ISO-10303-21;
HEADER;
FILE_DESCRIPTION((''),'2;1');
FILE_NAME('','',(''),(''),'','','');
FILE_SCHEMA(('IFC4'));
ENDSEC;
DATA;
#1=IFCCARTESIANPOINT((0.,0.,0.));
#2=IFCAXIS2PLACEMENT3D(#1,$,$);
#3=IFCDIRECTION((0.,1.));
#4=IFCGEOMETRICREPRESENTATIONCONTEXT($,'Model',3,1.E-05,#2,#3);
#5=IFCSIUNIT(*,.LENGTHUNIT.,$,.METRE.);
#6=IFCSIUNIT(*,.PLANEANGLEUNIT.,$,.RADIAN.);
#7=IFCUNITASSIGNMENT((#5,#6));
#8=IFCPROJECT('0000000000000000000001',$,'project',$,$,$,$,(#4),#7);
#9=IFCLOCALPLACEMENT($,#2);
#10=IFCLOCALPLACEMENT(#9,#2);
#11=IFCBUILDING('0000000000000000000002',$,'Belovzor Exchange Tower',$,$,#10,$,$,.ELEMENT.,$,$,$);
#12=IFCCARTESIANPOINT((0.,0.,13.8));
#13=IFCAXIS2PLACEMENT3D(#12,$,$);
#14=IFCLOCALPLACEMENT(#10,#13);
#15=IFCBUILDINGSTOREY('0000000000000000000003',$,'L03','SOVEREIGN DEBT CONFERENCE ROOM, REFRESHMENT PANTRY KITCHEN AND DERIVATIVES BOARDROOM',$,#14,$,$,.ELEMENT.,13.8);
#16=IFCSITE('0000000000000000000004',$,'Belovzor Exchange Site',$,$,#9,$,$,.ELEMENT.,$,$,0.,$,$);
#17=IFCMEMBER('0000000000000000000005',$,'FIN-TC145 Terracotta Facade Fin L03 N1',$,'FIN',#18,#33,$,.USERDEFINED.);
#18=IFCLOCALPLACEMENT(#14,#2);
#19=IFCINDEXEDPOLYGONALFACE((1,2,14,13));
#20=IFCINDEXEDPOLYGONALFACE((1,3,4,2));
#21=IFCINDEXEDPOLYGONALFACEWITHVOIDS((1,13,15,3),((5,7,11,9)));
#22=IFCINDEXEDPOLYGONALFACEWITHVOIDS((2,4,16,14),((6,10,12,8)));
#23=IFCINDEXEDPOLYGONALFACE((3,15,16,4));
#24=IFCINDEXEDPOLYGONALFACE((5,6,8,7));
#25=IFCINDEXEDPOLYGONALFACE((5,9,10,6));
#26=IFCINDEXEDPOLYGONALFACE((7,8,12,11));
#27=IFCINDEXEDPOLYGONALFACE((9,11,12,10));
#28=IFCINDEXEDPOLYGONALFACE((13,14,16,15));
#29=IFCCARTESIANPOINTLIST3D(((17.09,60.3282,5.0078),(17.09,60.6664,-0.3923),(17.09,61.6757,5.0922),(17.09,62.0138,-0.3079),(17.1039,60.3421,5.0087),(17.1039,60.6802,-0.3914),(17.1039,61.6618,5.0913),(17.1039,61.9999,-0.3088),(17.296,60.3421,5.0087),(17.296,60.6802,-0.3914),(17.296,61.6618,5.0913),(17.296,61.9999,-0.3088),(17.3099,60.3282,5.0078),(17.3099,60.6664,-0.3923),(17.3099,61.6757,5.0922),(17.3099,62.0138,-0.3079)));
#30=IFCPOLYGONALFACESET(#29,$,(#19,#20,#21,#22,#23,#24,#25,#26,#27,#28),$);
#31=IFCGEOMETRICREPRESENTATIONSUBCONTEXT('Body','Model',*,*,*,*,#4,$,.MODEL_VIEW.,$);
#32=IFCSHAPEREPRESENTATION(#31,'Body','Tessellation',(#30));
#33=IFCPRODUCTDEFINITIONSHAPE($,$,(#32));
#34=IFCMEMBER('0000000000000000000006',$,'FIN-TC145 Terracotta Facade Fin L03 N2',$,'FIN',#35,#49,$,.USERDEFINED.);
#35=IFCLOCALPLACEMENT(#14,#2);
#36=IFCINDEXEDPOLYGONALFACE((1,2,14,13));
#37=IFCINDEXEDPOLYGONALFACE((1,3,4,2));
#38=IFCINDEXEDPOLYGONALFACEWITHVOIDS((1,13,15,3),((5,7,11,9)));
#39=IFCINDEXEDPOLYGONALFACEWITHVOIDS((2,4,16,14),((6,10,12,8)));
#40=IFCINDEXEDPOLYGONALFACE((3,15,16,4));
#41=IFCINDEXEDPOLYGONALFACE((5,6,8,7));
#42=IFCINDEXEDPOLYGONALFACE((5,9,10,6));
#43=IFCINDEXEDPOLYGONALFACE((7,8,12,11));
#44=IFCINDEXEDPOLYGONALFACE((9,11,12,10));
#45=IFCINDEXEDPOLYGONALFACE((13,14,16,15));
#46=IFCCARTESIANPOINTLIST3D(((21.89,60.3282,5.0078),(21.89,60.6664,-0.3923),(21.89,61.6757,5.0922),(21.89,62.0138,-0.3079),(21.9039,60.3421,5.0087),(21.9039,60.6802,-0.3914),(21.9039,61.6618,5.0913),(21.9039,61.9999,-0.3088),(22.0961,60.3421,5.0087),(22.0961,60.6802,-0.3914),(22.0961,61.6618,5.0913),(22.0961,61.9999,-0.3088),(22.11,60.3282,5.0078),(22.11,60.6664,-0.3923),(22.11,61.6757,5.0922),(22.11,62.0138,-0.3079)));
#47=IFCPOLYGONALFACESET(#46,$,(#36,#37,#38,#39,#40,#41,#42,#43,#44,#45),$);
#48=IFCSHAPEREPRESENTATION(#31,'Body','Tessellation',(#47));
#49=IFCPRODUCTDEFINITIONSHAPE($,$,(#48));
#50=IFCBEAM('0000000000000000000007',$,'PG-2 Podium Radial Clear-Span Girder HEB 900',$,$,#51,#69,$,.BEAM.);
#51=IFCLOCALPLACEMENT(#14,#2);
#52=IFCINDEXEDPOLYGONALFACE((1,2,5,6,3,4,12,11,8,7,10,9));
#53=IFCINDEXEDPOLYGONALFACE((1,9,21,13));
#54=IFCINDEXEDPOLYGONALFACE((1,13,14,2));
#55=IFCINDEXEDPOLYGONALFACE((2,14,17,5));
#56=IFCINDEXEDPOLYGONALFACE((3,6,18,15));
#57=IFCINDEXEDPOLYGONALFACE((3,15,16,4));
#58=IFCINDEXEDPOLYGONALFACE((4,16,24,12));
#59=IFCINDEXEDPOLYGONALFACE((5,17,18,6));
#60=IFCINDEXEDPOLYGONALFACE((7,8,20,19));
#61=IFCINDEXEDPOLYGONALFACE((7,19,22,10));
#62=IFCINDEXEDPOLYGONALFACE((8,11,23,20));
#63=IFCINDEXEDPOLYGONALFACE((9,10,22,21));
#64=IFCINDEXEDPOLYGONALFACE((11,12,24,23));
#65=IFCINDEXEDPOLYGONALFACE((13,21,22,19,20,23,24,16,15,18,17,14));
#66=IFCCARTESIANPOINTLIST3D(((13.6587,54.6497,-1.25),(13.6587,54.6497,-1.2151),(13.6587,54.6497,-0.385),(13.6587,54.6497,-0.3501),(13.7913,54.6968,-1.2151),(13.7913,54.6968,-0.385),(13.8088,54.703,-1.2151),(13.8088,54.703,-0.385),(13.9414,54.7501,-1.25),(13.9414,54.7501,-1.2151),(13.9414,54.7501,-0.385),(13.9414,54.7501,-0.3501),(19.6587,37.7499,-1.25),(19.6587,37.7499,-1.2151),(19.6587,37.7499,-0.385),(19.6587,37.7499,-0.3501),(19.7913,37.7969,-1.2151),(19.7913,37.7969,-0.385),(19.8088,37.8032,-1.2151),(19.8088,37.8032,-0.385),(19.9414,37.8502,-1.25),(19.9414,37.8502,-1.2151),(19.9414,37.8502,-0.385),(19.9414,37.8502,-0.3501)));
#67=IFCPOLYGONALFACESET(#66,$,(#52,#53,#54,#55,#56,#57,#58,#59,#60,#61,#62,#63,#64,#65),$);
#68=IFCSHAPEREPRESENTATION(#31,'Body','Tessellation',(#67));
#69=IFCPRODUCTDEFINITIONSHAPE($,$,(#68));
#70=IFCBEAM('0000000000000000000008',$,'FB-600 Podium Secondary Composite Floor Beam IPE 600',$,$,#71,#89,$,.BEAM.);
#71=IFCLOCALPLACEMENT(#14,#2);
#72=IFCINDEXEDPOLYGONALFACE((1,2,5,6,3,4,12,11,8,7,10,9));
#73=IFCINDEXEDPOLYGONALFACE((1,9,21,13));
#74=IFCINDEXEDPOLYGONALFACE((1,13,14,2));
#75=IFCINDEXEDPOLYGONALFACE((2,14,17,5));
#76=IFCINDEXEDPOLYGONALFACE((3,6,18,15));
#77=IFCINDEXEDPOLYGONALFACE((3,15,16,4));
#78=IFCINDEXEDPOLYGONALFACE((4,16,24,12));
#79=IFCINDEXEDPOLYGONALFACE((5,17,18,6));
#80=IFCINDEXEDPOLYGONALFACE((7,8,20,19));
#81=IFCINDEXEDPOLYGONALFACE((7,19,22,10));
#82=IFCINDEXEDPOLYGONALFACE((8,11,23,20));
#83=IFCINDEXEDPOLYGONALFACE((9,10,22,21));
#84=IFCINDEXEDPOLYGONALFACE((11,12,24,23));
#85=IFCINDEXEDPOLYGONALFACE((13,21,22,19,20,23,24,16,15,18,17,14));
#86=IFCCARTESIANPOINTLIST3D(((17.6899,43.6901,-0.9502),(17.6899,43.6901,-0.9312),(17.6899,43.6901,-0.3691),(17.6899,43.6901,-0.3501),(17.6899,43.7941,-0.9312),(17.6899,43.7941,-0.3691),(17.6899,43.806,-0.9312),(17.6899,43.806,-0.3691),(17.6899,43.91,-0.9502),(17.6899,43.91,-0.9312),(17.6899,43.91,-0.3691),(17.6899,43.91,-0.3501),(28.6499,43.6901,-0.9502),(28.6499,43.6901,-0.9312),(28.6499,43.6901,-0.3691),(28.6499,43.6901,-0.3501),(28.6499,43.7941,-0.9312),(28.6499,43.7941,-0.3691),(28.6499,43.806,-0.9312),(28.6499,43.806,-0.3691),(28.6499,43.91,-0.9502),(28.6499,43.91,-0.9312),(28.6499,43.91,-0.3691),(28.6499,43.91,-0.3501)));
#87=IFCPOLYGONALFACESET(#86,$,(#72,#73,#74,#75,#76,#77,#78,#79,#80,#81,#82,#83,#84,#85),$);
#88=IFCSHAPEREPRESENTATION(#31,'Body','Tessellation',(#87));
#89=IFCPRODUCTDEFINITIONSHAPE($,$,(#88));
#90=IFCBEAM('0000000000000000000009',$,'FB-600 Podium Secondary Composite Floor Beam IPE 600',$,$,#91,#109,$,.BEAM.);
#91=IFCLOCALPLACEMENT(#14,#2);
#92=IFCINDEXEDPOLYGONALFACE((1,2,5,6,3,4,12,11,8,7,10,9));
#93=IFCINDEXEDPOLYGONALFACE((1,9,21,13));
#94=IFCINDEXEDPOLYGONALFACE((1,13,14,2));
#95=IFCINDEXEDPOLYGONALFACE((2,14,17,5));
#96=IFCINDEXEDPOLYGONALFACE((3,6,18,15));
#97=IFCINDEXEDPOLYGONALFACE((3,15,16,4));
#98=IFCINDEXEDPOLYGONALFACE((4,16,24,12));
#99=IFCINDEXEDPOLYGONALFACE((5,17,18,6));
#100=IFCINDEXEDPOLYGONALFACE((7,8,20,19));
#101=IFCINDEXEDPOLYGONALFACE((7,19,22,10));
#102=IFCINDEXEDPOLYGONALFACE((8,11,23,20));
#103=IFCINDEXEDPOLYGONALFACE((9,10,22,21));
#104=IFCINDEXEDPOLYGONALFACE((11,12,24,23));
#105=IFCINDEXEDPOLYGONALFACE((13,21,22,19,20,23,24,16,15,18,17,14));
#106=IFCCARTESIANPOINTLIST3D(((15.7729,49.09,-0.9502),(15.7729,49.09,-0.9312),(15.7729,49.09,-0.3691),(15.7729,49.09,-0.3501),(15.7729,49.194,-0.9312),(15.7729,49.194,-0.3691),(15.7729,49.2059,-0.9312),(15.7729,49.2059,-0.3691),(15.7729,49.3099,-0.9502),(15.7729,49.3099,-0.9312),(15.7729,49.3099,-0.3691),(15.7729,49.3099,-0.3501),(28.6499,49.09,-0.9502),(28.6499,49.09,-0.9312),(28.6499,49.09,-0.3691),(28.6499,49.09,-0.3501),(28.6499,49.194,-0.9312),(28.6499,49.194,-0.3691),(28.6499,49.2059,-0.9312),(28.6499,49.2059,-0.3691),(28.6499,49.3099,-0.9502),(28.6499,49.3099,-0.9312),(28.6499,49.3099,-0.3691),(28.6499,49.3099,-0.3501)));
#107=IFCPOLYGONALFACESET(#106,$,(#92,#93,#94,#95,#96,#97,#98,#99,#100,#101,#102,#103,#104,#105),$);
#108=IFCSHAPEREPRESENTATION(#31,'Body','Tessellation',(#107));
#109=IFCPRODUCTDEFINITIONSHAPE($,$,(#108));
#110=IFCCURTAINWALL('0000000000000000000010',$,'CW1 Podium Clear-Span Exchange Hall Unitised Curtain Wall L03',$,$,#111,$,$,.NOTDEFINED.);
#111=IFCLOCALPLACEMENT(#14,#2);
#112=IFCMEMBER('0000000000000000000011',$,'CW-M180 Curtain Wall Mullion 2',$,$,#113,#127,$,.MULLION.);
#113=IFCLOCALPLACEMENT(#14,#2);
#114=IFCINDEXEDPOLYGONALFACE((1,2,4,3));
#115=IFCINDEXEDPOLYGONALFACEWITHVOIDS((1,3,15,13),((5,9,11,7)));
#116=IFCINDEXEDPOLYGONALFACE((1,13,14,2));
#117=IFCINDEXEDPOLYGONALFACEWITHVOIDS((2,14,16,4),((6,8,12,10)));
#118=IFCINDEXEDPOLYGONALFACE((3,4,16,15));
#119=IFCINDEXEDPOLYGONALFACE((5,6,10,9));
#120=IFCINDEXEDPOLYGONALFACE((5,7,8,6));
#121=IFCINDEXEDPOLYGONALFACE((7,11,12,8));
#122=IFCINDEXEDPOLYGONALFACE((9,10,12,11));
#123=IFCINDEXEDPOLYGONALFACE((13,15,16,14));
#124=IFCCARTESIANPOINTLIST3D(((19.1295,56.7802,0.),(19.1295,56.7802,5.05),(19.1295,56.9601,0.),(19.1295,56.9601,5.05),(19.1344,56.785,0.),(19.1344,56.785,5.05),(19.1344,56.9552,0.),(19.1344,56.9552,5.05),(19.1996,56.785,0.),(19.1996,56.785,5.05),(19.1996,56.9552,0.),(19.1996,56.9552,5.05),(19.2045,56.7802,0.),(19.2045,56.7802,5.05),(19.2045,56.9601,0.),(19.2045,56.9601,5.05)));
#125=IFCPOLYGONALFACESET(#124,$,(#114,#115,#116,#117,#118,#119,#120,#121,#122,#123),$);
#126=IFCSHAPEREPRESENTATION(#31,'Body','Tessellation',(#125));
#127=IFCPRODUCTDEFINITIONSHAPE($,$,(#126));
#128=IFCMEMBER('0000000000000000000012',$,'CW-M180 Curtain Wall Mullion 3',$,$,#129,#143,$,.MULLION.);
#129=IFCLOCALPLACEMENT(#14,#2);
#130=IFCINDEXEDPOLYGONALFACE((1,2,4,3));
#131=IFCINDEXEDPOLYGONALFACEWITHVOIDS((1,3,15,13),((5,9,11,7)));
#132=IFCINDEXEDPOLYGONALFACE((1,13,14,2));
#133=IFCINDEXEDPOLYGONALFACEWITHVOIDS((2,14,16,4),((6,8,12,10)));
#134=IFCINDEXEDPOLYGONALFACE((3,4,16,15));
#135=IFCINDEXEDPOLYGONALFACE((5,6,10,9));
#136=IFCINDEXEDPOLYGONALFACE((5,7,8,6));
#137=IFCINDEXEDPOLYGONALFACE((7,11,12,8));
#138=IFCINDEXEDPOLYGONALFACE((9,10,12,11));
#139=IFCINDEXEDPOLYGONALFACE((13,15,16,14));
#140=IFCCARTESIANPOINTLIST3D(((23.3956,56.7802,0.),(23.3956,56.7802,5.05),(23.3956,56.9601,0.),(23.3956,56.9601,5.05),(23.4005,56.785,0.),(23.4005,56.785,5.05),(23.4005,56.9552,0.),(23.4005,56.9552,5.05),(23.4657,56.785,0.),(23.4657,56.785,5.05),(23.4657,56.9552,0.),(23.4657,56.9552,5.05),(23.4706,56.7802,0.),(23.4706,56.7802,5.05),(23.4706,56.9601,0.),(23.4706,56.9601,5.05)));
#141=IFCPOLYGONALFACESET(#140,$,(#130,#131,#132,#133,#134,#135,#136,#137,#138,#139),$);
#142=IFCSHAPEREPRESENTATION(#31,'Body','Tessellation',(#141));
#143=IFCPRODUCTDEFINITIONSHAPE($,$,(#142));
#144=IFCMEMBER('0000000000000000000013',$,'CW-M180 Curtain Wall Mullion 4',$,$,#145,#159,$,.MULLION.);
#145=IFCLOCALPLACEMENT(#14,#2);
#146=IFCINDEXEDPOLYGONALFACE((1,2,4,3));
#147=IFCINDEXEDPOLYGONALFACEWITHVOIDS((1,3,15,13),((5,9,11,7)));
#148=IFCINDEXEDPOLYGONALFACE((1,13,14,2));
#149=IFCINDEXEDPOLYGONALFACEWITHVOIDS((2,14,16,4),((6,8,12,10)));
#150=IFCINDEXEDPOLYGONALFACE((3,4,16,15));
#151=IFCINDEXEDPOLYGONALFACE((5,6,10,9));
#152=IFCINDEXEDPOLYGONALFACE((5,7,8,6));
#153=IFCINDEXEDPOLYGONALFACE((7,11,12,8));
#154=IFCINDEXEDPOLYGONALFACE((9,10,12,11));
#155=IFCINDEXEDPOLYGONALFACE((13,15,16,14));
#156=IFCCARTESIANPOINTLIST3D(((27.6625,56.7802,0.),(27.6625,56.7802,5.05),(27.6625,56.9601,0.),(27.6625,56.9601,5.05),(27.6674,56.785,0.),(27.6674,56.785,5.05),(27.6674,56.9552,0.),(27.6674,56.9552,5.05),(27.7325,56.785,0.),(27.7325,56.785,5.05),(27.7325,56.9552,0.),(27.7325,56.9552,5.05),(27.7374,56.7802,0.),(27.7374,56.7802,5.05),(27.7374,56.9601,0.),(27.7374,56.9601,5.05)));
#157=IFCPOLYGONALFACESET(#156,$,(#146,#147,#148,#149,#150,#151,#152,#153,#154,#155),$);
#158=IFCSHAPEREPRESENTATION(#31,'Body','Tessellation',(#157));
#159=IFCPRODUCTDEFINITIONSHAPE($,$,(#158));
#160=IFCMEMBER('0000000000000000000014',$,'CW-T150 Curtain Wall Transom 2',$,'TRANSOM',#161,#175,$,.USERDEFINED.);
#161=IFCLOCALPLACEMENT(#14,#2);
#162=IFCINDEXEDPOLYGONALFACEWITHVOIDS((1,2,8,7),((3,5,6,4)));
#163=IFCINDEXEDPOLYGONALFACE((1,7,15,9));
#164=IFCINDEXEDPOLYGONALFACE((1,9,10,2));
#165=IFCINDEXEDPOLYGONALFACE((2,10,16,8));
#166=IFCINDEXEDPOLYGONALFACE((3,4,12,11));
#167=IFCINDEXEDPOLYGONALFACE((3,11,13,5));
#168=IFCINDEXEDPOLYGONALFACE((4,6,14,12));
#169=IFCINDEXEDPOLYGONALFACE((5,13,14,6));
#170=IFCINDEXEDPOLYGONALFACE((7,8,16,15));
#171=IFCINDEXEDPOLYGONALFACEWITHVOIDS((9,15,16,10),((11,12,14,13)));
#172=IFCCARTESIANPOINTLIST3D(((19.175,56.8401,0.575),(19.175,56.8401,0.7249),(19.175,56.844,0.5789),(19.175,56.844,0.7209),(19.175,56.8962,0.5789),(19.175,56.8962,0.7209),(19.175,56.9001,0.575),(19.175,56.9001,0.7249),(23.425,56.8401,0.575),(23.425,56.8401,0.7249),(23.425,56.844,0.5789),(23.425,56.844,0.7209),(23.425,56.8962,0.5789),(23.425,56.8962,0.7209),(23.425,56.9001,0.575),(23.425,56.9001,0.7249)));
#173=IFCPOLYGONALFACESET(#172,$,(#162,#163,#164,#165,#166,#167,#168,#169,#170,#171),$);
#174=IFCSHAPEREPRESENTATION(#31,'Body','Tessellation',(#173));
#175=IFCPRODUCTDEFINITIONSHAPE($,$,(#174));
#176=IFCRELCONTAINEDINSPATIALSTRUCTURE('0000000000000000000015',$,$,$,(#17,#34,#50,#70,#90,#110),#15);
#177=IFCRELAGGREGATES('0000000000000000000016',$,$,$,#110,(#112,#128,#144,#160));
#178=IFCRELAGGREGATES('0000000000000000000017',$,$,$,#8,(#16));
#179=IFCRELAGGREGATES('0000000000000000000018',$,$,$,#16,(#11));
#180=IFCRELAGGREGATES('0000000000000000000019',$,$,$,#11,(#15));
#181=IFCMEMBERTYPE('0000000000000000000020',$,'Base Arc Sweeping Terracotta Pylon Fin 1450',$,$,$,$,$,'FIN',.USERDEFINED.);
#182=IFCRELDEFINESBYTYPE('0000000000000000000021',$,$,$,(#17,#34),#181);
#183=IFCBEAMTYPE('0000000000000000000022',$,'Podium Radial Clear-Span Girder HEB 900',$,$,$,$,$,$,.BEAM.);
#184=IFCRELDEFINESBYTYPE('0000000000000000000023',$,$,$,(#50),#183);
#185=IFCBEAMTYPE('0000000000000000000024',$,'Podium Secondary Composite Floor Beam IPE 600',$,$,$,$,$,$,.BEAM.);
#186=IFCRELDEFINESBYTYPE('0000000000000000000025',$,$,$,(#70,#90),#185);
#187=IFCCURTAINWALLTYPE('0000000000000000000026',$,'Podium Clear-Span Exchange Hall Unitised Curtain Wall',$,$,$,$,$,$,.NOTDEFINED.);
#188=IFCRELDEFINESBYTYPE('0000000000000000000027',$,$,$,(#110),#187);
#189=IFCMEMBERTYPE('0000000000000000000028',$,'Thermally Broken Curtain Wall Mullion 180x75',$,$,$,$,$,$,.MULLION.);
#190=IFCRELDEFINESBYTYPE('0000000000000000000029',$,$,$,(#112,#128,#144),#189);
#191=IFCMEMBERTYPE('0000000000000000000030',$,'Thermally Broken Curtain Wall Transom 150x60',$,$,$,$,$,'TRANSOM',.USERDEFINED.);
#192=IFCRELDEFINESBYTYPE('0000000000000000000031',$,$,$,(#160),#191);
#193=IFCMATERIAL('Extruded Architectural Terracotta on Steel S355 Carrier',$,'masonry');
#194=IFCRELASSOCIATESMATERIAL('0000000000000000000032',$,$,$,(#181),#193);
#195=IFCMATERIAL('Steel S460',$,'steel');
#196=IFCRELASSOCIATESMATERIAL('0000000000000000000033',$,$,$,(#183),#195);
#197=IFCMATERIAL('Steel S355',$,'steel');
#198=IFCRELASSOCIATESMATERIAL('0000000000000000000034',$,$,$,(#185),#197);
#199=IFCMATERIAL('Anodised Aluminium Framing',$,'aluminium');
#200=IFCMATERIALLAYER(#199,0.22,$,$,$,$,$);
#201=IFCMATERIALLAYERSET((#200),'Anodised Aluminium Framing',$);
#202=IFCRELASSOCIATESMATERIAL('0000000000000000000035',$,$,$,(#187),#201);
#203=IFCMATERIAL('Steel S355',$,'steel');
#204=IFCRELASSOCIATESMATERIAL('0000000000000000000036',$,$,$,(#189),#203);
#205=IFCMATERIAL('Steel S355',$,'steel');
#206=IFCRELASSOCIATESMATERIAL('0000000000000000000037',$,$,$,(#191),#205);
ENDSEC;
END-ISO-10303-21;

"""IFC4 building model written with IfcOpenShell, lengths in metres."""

from ifc_helpers import new_model, si_unit, direction, frame, origin, origin_2d, place, context, subcontext, project, spatial, hollow_rectangle, i_section, extrude, material, layer, layer_set, material_profile, profile_set, type_object, element, aggregate, save


model = new_model("IFC4")

# Units and contexts
model_context = context("Model", 3, precision=1e-05, world=origin(), true_north=direction((0.0, 1.0)))
body_context = subcontext(model_context, "Body", "Model", "MODEL_VIEW")
ifc_project = project(units=[si_unit("LENGTHUNIT", "METRE"), si_unit("PLANEANGLEUNIT", "RADIAN")], contexts=[model_context])

# Site, building, storey
site_placement = place(None, origin())
site = spatial("IfcSite", under=ifc_project, at=site_placement, Name="Belovzor Exchange Site", CompositionType="ELEMENT", RefElevation=0.0)
building_placement = place(site_placement, origin())
building = spatial("IfcBuilding", under=site, at=building_placement, Name="Belovzor Exchange Tower", CompositionType="ELEMENT")
storey_placement = place(building_placement, frame((0.0, 0.0, 13.8)))
storey = spatial("IfcBuildingStorey", under=building, at=storey_placement, Name="L03", Description="SOVEREIGN DEBT CONFERENCE ROOM, REFRESHMENT PANTRY KITCHEN AND DERIVATIVES BOARDROOM", CompositionType="ELEMENT", Elevation=13.8)

# Members
ifc_material_1 = material(Name="Extruded Architectural Terracotta on Steel S355 Carrier", Category="masonry")
ifc_material_profile_1 = material_profile(ifc_material_1, hollow_rectangle(XDim=0.22, YDim=1.3501, WallThickness=0.0139, at=origin_2d()))
ifc_profile_set_1 = profile_set([ifc_material_profile_1], Name="Extruded Architectural Terracotta on Steel S355 Carrier")
member_type_1 = type_object("IfcMemberType", Name="Base Arc Sweeping Terracotta Pylon Fin 1450", ElementType="FIN", PredefinedType="USERDEFINED", material=ifc_profile_set_1)
for number, where, z_axis, x_axis, name in (
    (1, (17.2, 61.3401, -0.3501), (0.0, -0.062493, 0.998045), (1.0, 0.0, 0.0), "FIN-TC145 Terracotta Facade Fin L03 N1"),
    (2, (22.0, 61.3401, -0.3501), (0.0, -0.062493, 0.998045), (1.0, 0.0, 0.0), "FIN-TC145 Terracotta Facade Fin L03 N2"),
):
    element("IfcMember", number, at=place(storey_placement, frame(where, z_axis=z_axis, x_axis=x_axis)), inside=storey, type_object=member_type_1, Name=name, ObjectType="FIN", PredefinedType="USERDEFINED", context=body_context, shape_type="SweptSolid", body=[
        extrude(hollow_rectangle(XDim=0.22, YDim=1.3501, WallThickness=0.0139, at=origin_2d()), origin(), (0.0, 0.0, 1.0), 5.4106),
    ])

# Beams
ifc_material_2 = material(Name="Steel S460", Category="steel")
ifc_material_profile_2 = material_profile(ifc_material_2, i_section(OverallWidth=0.3, OverallDepth=0.8999, WebThickness=0.0186, FlangeThickness=0.0349, at=origin_2d()))
ifc_profile_set_2 = profile_set([ifc_material_profile_2], Name="Steel S460")
beam_type_1 = type_object("IfcBeamType", Name="Podium Radial Clear-Span Girder HEB 900", PredefinedType="BEAM", material=ifc_profile_set_2)
beam_1_placement = place(storey_placement, frame((19.8, 37.8, -0.8), z_axis=(-0.334571, 0.94237, 0.0), x_axis=(-0.94237, -0.334571, 0.0)))
element("IfcBeam", 3, at=beam_1_placement, inside=storey, type_object=beam_type_1, Name="PG-2 Podium Radial Clear-Span Girder HEB 900", PredefinedType="BEAM", context=body_context, shape_type="SweptSolid", body=[
    extrude(i_section(OverallWidth=0.3, OverallDepth=0.8999, WebThickness=0.0186, FlangeThickness=0.0349, at=origin_2d()), origin(), (0.0, 0.0, 1.0), 17.9333),
])
ifc_material_3 = material(Name="Steel S355", Category="steel")
ifc_material_profile_3 = material_profile(ifc_material_3, i_section(OverallWidth=0.22, OverallDepth=0.6001, WebThickness=0.012, FlangeThickness=0.019, at=origin_2d()))
ifc_profile_set_3 = profile_set([ifc_material_profile_3], Name="Steel S355")
beam_type_2 = type_object("IfcBeamType", Name="Podium Secondary Composite Floor Beam IPE 600", PredefinedType="BEAM", material=ifc_profile_set_3)
beam_2_placement = place(storey_placement, frame((17.6899, 43.8, -0.6501), z_axis=(1.0, 0.0, 0.0), x_axis=(0.0, 1.0, 0.0)))
element("IfcBeam", 4, at=beam_2_placement, inside=storey, type_object=beam_type_2, Name="FB-600 Podium Secondary Composite Floor Beam IPE 600", PredefinedType="BEAM", context=body_context, shape_type="SweptSolid", body=[
    extrude(i_section(OverallWidth=0.22, OverallDepth=0.6001, WebThickness=0.012, FlangeThickness=0.019, at=origin_2d()), origin(), (0.0, 0.0, 1.0), 10.96),
])
beam_3_placement = place(storey_placement, frame((15.7729, 49.2, -0.6501), z_axis=(1.0, 0.0, 0.0), x_axis=(0.0, 1.0, 0.0)))
element("IfcBeam", 5, at=beam_3_placement, inside=storey, type_object=beam_type_2, Name="FB-600 Podium Secondary Composite Floor Beam IPE 600", PredefinedType="BEAM", context=body_context, shape_type="SweptSolid", body=[
    extrude(i_section(OverallWidth=0.22, OverallDepth=0.6001, WebThickness=0.012, FlangeThickness=0.019, at=origin_2d()), origin(), (0.0, 0.0, 1.0), 12.877),
])

# Curtain wall, members
ifc_material_4 = material(Name="Anodised Aluminium Framing", Category="aluminium")
ifc_layer_1 = layer(ifc_material_4, 0.22)
ifc_layer_set_1 = layer_set([ifc_layer_1], Name="Anodised Aluminium Framing")
curtain_wall_type = type_object("IfcCurtainWallType", Name="Podium Clear-Span Exchange Hall Unitised Curtain Wall", PredefinedType="NOTDEFINED", material=ifc_layer_set_1)
curtain_wall_placement = place(storey_placement, origin())
curtain_wall = element("IfcCurtainWall", 6, at=curtain_wall_placement, inside=storey, type_object=curtain_wall_type, Name="CW1 Podium Clear-Span Exchange Hall Unitised Curtain Wall L03", PredefinedType="NOTDEFINED")
ifc_material_5 = material(Name="Steel S355", Category="steel")
ifc_material_profile_4 = material_profile(ifc_material_5, hollow_rectangle(XDim=0.075, YDim=0.1799, WallThickness=0.0049, at=origin_2d()))
ifc_profile_set_4 = profile_set([ifc_material_profile_4], Name="Steel S355")
member_type_2 = type_object("IfcMemberType", Name="Thermally Broken Curtain Wall Mullion 180x75", PredefinedType="MULLION", material=ifc_profile_set_4)
member_1_placement = place(storey_placement, frame((19.167, 56.8701, 0.0), z_axis=(0.0, 0.0, 1.0), x_axis=(1.0, 0.0, 0.0)))
member_1 = element("IfcMember", 7, at=member_1_placement, type_object=member_type_2, Name="CW-M180 Curtain Wall Mullion 2", PredefinedType="MULLION", context=body_context, shape_type="SweptSolid", body=[
    extrude(hollow_rectangle(XDim=0.075, YDim=0.1799, WallThickness=0.0049, at=origin_2d()), origin(), (0.0, 0.0, 1.0), 5.05),
])
member_2_placement = place(storey_placement, frame((23.4331, 56.8701, 0.0), z_axis=(0.0, 0.0, 1.0), x_axis=(1.0, 0.0, 0.0)))
member_2 = element("IfcMember", 8, at=member_2_placement, type_object=member_type_2, Name="CW-M180 Curtain Wall Mullion 3", PredefinedType="MULLION", context=body_context, shape_type="SweptSolid", body=[
    extrude(hollow_rectangle(XDim=0.075, YDim=0.1799, WallThickness=0.0049, at=origin_2d()), origin(), (0.0, 0.0, 1.0), 5.05),
])
member_3_placement = place(storey_placement, frame((27.7, 56.8701, 0.0), z_axis=(0.0, 0.0, 1.0), x_axis=(1.0, 0.0, 0.0)))
member_3 = element("IfcMember", 9, at=member_3_placement, type_object=member_type_2, Name="CW-M180 Curtain Wall Mullion 4", PredefinedType="MULLION", context=body_context, shape_type="SweptSolid", body=[
    extrude(hollow_rectangle(XDim=0.075, YDim=0.1799, WallThickness=0.0049, at=origin_2d()), origin(), (0.0, 0.0, 1.0), 5.05),
])
ifc_material_6 = material(Name="Steel S355", Category="steel")
ifc_material_profile_5 = material_profile(ifc_material_6, hollow_rectangle(XDim=0.0601, YDim=0.1499, WallThickness=0.0039, at=origin_2d()))
ifc_profile_set_5 = profile_set([ifc_material_profile_5], Name="Steel S355")
member_type_3 = type_object("IfcMemberType", Name="Thermally Broken Curtain Wall Transom 150x60", ElementType="TRANSOM", PredefinedType="USERDEFINED", material=ifc_profile_set_5)
member_4_placement = place(storey_placement, frame((19.175, 56.8701, 0.6499), z_axis=(1.0, 0.0, 0.0), x_axis=(0.0, 1.0, 0.0)))
member_4 = element("IfcMember", 10, at=member_4_placement, type_object=member_type_3, Name="CW-T150 Curtain Wall Transom 2", ObjectType="TRANSOM", PredefinedType="USERDEFINED", context=body_context, shape_type="SweptSolid", body=[
    extrude(hollow_rectangle(XDim=0.0601, YDim=0.1499, WallThickness=0.0039, at=origin_2d()), origin(), (0.0, 0.0, 1.0), 4.25),
])

aggregate(curtain_wall, [member_1, member_2, member_3, member_4])

save(model, "model.ifc")
